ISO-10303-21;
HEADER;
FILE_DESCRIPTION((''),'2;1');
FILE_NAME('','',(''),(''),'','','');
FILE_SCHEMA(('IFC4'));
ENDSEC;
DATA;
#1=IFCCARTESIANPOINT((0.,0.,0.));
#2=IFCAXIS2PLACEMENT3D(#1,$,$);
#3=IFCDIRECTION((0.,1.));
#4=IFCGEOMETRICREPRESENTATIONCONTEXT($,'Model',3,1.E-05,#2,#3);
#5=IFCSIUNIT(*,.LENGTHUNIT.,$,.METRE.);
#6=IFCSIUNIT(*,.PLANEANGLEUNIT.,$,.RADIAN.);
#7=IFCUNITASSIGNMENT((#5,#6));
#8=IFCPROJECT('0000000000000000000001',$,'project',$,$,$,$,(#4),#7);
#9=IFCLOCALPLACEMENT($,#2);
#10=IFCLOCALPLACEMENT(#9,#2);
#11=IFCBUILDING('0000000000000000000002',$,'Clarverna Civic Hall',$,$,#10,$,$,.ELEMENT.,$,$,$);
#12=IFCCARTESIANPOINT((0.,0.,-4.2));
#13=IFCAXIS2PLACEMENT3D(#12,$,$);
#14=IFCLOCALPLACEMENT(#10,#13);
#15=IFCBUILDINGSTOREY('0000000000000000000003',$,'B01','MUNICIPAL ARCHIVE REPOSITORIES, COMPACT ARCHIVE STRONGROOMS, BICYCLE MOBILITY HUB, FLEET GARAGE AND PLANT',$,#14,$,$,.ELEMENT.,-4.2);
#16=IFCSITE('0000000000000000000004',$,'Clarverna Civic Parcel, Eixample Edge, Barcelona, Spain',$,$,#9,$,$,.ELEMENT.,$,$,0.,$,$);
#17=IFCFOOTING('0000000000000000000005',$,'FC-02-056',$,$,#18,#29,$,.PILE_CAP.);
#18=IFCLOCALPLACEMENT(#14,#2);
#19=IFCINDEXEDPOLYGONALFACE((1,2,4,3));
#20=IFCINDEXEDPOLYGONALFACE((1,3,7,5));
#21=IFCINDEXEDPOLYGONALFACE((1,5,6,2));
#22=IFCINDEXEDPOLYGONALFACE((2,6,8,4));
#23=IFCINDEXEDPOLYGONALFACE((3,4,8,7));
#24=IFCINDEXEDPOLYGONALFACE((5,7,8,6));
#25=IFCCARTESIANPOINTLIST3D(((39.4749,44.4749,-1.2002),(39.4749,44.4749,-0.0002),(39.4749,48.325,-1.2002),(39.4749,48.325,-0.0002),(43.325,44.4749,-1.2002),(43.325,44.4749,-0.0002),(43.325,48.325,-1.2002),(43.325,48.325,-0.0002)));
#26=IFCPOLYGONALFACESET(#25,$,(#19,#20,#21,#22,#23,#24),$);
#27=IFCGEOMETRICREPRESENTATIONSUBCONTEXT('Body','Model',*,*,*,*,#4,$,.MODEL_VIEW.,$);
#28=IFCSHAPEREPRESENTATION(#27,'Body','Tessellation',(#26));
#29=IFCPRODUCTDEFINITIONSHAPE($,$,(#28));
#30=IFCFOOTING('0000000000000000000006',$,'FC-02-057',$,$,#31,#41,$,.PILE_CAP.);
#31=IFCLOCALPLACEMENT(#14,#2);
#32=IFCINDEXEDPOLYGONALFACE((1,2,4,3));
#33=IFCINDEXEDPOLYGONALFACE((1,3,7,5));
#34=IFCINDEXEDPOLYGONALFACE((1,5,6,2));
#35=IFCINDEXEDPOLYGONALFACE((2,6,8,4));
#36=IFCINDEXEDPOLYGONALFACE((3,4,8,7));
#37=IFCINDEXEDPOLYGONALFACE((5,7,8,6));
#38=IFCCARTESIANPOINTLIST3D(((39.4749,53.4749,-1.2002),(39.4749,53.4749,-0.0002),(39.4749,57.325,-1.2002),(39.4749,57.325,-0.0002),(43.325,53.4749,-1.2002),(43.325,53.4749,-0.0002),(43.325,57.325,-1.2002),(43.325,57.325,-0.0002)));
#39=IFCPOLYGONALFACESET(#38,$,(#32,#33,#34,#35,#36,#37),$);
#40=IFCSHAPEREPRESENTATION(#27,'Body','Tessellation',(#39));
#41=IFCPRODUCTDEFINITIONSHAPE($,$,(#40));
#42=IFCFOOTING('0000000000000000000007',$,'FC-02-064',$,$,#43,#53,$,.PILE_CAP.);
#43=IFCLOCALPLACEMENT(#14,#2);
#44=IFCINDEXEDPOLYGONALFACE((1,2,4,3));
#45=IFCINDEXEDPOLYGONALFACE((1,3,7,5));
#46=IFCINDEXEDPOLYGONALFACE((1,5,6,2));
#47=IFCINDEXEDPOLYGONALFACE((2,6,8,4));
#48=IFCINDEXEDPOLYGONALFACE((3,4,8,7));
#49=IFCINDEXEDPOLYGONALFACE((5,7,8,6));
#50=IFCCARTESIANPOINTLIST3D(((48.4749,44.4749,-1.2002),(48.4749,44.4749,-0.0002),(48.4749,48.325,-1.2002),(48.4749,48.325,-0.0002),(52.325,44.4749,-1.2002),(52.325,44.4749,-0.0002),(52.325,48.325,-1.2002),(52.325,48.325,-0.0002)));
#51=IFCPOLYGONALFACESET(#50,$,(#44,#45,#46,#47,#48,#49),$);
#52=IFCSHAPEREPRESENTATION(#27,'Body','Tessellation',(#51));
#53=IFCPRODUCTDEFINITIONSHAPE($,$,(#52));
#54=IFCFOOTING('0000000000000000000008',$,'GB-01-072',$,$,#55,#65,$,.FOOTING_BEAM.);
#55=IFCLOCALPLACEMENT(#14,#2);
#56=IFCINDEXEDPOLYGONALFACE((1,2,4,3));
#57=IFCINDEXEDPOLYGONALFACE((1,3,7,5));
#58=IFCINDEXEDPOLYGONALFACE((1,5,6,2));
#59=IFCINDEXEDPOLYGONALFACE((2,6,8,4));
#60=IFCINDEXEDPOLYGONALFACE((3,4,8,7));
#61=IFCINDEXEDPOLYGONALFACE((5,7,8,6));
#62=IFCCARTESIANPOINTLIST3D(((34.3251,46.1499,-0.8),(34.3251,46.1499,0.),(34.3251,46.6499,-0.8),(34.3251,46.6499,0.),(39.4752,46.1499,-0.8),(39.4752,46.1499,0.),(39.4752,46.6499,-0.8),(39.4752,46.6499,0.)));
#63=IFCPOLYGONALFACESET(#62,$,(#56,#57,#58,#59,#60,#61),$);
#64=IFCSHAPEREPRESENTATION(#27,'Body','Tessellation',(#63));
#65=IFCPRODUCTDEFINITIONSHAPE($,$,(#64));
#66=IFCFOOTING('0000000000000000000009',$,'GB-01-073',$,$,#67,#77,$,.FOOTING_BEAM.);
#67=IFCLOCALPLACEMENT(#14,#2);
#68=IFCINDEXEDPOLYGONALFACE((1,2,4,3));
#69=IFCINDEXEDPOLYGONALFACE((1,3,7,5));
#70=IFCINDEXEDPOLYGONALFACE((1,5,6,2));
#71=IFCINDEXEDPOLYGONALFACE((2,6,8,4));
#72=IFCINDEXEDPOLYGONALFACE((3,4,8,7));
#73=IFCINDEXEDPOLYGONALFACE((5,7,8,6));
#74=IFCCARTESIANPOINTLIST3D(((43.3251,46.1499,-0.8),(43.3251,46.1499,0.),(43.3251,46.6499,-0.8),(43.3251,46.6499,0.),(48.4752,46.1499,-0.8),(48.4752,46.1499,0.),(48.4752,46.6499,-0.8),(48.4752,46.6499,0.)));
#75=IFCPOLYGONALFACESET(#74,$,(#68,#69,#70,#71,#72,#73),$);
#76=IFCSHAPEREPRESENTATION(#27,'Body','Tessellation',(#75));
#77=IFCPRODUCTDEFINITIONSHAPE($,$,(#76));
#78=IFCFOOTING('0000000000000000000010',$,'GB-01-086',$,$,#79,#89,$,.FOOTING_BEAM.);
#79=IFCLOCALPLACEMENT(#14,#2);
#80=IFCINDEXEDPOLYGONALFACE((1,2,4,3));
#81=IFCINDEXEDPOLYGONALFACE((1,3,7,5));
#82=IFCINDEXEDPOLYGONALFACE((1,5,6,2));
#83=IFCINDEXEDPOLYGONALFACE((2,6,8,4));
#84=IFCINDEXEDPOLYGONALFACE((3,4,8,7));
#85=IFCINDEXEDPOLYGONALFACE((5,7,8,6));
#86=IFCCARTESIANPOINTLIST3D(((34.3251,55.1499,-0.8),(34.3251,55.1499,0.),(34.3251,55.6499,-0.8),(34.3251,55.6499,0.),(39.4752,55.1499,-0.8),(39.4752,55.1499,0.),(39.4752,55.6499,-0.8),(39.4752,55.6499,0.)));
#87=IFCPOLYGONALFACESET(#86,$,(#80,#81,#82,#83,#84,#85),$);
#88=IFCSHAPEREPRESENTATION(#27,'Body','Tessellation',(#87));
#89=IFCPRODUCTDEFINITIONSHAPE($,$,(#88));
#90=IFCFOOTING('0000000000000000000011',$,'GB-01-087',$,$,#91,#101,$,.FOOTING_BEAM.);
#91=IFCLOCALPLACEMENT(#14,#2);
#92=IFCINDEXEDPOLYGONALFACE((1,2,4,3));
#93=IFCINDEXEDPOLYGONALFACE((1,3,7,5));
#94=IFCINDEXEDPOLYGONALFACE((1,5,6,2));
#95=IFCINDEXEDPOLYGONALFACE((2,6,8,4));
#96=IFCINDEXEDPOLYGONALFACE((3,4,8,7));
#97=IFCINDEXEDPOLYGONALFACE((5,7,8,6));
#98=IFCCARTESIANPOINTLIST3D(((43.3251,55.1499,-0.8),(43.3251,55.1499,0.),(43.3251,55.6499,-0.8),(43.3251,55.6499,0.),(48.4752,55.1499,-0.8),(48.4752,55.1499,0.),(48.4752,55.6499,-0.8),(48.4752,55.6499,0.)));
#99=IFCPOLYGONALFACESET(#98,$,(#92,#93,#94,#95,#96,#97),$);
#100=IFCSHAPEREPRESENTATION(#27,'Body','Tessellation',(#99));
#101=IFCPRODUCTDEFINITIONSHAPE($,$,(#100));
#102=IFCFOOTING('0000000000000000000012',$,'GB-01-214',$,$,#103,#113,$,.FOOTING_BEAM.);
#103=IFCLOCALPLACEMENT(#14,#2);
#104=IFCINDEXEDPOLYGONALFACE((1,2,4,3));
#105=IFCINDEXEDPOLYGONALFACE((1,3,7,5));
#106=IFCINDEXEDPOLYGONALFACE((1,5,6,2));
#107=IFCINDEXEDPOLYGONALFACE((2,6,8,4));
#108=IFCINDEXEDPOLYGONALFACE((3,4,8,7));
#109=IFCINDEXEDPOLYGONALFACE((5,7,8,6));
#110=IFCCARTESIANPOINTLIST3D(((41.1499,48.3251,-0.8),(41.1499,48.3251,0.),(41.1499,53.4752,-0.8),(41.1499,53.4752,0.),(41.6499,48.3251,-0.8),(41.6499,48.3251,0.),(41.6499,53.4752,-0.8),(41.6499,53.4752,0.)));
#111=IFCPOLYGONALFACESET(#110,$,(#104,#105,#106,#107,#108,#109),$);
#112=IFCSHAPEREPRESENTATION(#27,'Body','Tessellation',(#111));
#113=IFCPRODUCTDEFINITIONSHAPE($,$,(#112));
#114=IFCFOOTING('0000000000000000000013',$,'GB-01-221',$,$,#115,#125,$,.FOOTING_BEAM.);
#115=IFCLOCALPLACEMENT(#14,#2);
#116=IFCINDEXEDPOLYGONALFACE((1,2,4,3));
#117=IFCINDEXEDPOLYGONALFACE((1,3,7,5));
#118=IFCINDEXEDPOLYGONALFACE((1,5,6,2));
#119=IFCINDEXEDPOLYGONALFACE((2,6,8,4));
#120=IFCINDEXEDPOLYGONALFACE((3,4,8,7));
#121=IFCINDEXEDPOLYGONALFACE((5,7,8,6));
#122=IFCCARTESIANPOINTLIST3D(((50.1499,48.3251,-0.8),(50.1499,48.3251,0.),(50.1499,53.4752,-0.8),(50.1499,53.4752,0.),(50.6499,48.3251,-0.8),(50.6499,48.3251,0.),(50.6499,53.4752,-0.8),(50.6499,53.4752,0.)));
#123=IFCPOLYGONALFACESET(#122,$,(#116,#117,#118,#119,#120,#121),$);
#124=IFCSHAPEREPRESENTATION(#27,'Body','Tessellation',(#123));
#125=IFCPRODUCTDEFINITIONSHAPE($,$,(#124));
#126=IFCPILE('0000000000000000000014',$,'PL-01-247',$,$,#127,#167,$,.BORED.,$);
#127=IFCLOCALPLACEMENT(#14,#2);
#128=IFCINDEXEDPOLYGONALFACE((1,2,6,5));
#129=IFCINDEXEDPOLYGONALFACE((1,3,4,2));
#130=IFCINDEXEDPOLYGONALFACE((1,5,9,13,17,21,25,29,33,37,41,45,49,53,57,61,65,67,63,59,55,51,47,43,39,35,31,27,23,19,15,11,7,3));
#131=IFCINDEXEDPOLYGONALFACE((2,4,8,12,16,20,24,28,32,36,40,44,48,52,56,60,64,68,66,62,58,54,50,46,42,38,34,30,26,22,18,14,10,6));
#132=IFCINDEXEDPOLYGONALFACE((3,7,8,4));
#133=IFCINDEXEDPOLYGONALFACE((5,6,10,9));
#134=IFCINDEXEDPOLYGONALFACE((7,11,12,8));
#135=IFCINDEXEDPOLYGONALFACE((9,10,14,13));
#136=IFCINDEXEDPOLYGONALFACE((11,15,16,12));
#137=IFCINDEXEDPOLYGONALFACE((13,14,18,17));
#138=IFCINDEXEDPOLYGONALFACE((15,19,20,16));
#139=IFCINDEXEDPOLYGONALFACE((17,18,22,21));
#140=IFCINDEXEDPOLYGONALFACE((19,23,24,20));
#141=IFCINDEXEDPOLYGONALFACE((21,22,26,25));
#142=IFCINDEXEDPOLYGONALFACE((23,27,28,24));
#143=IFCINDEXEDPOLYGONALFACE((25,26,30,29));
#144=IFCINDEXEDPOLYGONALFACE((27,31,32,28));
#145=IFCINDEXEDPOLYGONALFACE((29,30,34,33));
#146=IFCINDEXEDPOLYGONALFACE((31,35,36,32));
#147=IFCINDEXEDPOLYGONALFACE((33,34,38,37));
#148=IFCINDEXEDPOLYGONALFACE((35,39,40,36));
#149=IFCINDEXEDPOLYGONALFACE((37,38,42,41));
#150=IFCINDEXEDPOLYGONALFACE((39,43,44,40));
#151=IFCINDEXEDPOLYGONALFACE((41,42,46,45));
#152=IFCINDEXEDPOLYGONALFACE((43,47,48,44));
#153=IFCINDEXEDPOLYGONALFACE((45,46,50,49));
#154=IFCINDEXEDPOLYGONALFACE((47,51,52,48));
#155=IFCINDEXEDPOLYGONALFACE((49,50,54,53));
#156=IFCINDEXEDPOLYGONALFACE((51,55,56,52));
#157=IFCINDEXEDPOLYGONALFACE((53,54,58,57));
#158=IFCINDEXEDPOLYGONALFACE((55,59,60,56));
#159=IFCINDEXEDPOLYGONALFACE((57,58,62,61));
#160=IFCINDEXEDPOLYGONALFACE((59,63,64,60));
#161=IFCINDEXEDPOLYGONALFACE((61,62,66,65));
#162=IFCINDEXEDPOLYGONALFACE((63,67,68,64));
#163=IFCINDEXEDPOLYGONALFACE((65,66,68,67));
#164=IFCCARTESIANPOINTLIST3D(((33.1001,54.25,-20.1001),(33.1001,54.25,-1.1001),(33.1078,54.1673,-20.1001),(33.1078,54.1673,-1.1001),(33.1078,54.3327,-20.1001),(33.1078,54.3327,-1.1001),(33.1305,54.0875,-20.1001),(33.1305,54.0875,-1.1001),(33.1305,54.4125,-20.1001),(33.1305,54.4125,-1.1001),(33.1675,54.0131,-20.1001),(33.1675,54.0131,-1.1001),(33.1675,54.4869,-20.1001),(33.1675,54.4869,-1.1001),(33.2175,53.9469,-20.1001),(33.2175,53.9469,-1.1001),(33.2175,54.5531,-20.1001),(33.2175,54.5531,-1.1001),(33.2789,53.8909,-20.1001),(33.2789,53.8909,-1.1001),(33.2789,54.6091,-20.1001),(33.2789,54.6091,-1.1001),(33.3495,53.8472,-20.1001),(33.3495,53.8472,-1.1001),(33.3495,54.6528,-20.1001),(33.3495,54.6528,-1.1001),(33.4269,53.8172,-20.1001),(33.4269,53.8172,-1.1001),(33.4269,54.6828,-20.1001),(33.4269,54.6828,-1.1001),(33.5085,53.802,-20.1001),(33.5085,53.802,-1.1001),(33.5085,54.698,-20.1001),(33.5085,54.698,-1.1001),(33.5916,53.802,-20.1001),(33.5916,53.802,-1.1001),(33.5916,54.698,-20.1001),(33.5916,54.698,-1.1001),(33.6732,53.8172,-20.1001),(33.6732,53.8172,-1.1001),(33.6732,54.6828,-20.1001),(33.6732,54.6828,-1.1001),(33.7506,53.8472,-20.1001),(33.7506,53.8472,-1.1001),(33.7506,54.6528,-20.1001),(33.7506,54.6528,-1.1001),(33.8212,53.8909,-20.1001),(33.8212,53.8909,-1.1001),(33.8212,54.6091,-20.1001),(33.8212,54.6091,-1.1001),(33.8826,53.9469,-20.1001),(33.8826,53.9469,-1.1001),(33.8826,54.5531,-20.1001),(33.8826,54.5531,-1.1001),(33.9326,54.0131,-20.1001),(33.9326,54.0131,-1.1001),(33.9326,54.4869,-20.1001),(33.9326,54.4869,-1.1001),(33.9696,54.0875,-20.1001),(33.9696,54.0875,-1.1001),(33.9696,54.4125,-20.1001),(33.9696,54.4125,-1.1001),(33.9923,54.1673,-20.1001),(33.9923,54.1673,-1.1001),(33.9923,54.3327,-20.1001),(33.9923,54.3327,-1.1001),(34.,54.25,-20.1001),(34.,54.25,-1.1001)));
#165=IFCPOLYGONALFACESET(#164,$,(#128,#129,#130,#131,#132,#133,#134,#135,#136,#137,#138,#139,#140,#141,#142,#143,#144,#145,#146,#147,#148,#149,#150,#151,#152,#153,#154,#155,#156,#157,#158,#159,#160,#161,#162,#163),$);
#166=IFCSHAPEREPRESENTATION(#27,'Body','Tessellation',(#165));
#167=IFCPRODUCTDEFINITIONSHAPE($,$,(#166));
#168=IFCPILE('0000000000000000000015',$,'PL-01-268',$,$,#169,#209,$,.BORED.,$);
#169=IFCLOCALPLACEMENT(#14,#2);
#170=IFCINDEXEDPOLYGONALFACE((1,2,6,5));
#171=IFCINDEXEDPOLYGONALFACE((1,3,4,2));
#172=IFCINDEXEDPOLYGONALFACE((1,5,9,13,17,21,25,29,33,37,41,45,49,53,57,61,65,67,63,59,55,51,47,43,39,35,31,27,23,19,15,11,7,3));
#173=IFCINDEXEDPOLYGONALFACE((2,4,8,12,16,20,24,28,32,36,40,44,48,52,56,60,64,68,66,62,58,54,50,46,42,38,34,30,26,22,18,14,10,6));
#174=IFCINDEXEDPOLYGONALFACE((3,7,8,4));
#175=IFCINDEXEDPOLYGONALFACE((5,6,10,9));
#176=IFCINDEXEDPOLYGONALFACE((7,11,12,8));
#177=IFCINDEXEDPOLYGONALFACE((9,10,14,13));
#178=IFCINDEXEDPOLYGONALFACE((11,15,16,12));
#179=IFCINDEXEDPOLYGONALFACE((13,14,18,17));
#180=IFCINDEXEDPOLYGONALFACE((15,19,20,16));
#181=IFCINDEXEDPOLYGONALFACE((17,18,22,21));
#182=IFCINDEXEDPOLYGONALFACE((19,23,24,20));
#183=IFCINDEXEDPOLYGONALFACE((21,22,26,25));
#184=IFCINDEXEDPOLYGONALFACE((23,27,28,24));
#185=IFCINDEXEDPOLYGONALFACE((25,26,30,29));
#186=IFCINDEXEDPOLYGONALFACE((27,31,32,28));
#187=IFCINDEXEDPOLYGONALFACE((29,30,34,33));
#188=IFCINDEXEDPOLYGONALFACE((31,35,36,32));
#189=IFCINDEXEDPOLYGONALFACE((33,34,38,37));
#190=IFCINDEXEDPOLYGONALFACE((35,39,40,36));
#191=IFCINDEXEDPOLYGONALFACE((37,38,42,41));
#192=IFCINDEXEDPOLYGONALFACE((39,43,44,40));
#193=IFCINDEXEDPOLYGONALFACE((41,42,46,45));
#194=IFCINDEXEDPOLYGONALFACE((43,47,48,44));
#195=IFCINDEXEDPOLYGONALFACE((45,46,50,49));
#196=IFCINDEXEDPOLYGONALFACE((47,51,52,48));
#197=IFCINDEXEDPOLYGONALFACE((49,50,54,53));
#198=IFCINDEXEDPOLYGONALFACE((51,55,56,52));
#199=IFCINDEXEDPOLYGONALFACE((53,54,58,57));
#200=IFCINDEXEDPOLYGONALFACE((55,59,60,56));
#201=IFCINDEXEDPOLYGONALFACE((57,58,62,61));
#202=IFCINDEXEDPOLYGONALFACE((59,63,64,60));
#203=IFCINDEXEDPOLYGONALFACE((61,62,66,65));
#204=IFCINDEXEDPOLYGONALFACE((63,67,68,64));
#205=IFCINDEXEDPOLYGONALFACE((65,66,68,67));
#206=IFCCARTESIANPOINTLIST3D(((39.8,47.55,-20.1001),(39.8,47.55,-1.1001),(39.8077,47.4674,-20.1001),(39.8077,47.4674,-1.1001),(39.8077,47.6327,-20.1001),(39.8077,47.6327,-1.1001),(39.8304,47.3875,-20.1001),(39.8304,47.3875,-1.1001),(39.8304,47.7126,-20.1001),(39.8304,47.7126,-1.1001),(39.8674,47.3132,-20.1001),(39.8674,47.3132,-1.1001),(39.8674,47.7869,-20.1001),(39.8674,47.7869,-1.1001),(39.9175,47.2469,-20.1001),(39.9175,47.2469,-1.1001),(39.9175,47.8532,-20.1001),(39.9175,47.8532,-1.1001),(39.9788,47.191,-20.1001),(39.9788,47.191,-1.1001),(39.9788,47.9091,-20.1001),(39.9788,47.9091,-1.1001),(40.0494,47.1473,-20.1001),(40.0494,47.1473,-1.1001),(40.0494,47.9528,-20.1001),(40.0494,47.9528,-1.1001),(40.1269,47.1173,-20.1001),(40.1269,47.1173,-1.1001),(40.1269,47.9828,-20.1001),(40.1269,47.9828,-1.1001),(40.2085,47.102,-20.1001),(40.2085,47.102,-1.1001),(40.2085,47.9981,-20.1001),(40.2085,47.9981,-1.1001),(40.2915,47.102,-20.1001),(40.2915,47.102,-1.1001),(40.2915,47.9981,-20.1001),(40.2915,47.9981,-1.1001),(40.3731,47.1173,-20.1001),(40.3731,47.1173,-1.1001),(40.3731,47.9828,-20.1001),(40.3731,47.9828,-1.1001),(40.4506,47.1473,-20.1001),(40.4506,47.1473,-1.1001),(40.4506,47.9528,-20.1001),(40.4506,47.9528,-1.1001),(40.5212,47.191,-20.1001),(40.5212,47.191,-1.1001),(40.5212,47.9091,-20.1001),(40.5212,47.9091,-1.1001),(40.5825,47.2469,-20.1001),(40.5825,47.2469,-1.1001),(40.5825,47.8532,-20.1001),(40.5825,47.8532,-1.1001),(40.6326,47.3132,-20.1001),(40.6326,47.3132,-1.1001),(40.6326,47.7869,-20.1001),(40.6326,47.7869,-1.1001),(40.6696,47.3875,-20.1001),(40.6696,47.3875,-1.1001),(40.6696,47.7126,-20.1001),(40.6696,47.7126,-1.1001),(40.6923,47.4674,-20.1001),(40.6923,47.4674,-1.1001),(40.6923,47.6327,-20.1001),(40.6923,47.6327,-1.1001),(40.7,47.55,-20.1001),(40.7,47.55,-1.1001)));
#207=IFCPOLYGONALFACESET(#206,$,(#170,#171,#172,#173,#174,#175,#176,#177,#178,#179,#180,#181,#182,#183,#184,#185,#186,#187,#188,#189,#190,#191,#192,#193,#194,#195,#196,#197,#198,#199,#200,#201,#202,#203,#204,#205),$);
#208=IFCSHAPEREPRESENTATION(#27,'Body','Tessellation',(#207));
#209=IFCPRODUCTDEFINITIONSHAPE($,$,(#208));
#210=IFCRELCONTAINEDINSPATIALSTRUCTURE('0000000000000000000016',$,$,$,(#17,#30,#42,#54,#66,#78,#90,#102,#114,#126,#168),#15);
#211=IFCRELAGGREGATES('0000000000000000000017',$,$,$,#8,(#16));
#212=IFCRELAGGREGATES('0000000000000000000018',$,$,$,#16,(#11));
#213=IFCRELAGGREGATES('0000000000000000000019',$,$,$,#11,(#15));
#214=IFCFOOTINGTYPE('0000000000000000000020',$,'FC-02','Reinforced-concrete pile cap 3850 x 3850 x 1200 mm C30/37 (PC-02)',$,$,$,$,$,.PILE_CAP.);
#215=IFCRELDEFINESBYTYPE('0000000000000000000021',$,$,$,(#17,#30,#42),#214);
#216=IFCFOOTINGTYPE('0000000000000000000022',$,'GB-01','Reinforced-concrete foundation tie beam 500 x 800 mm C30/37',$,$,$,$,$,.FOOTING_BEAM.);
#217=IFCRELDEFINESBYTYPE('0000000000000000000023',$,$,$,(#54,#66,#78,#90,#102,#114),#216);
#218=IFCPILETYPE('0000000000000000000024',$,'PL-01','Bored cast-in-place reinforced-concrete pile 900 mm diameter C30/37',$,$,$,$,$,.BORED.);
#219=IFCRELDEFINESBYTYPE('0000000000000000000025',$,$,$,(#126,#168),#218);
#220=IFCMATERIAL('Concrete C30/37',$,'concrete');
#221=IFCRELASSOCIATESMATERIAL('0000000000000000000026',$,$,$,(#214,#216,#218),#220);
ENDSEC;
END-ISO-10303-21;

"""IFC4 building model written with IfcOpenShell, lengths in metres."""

from ifc_helpers import new_model, si_unit, direction, frame, frame_2d, origin, origin_2d, place, context, subcontext, project, spatial, rectangle, circle, extrude, material, material_profile, profile_set, type_object, element, save


model = new_model("IFC4")

# Units and contexts
model_context = context("Model", 3, precision=1e-05, world=origin(), true_north=direction((0.0, 1.0)))
body_context = subcontext(model_context, "Body", "Model", "MODEL_VIEW")
ifc_project = project(units=[si_unit("LENGTHUNIT", "METRE"), si_unit("PLANEANGLEUNIT", "RADIAN")], contexts=[model_context])

# Site, building, storey
site_placement = place(None, origin())
site = spatial("IfcSite", under=ifc_project, at=site_placement, Name="Clarverna Civic Parcel, Eixample Edge, Barcelona, Spain", CompositionType="ELEMENT", RefElevation=0.0)
building_placement = place(site_placement, origin())
building = spatial("IfcBuilding", under=site, at=building_placement, Name="Clarverna Civic Hall", CompositionType="ELEMENT")
storey_placement = place(building_placement, frame((0.0, 0.0, -4.2)))
storey = spatial("IfcBuildingStorey", under=building, at=storey_placement, Name="B01", Description="MUNICIPAL ARCHIVE REPOSITORIES, COMPACT ARCHIVE STRONGROOMS, BICYCLE MOBILITY HUB, FLEET GARAGE AND PLANT", CompositionType="ELEMENT", Elevation=-4.2)

# Footings
ifc_material_1 = material(Name="Concrete C30/37", Category="concrete")
footing_type_1 = type_object("IfcFootingType", Name="FC-02", Description="Reinforced-concrete pile cap 3850 x 3850 x 1200 mm C30/37 (PC-02)", PredefinedType="PILE_CAP", material=ifc_material_1)
for number, where, z_axis, x_axis, name in (
    (1, (41.3999, 46.3999, -1.2002), (0.0, 0.0, 1.0), (1.0, 0.0, 0.0), "FC-02-056"),
    (2, (41.3999, 55.3999, -1.2002), (0.0, 0.0, 1.0), (1.0, 0.0, 0.0), "FC-02-057"),
    (3, (50.3999, 46.3999, -1.2002), (0.0, 0.0, 1.0), (1.0, 0.0, 0.0), "FC-02-064"),
):
    element("IfcFooting", number, at=place(storey_placement, frame(where, z_axis=z_axis, x_axis=x_axis)), inside=storey, type_object=footing_type_1, Name=name, PredefinedType="PILE_CAP", context=body_context, shape_type="SweptSolid", body=[
        extrude(rectangle(XDim=3.8501, YDim=3.8501, at=origin_2d()), origin(), (0.0, 0.0, 1.0), 1.2),
    ])
footing_type_2 = type_object("IfcFootingType", Name="GB-01", Description="Reinforced-concrete foundation tie beam 500 x 800 mm C30/37", PredefinedType="FOOTING_BEAM", material=ifc_material_1)
for number, where, z_axis, x_axis, name in (
    (4, (34.325, 46.3999, -0.8), (0.0, 0.0, 1.0), (1.0, 0.0, 0.0), "GB-01-072"),
    (5, (43.325, 46.3999, -0.8), (0.0, 0.0, 1.0), (1.0, 0.0, 0.0), "GB-01-073"),
    (6, (34.325, 55.3999, -0.8), (0.0, 0.0, 1.0), (1.0, 0.0, 0.0), "GB-01-086"),
    (7, (43.325, 55.3999, -0.8), (0.0, 0.0, 1.0), (1.0, 0.0, 0.0), "GB-01-087"),
    (8, (41.3999, 48.325, -0.8), (0.0, 0.0, 1.0), (0.0, 1.0, 0.0), "GB-01-214"),
    (9, (50.3999, 48.325, -0.8), (0.0, 0.0, 1.0), (0.0, 1.0, 0.0), "GB-01-221"),
):
    element("IfcFooting", number, at=place(storey_placement, frame(where, z_axis=z_axis, x_axis=x_axis)), inside=storey, type_object=footing_type_2, Name=name, PredefinedType="FOOTING_BEAM", context=body_context, shape_type="SweptSolid", body=[
        extrude(rectangle(XDim=5.1501, YDim=0.5, at=frame_2d((2.5752, 0.0))), origin(), (0.0, 0.0, 1.0), 0.8),
    ])

# Piles
ifc_material_profile_1 = material_profile(ifc_material_1, circle(Radius=0.45, at=origin_2d()), Name="BORED PILE D900")
ifc_profile_set_1 = profile_set([ifc_material_profile_1], Name="Concrete C30/37")
pile_type = type_object("IfcPileType", Name="PL-01", Description="Bored cast-in-place reinforced-concrete pile 900 mm diameter C30/37", PredefinedType="BORED", material=ifc_profile_set_1)
for number, where, z_axis, x_axis, name in (
    (10, (33.55, 54.25, -1.1001), (0.0, 0.0, -1.0), (1.0, 0.0, 0.0), "PL-01-247"),
    (11, (40.25, 47.55, -1.1001), (0.0, 0.0, -1.0), (1.0, 0.0, 0.0), "PL-01-268"),
):
    element("IfcPile", number, at=place(storey_placement, frame(where, z_axis=z_axis, x_axis=x_axis)), inside=storey, type_object=pile_type, Name=name, PredefinedType="BORED", context=body_context, shape_type="SweptSolid", body=[
        extrude(circle(Radius=0.45, at=origin_2d()), origin(), (0.0, 0.0, 1.0), 19.0),
    ])

save(model, "model.ifc")
